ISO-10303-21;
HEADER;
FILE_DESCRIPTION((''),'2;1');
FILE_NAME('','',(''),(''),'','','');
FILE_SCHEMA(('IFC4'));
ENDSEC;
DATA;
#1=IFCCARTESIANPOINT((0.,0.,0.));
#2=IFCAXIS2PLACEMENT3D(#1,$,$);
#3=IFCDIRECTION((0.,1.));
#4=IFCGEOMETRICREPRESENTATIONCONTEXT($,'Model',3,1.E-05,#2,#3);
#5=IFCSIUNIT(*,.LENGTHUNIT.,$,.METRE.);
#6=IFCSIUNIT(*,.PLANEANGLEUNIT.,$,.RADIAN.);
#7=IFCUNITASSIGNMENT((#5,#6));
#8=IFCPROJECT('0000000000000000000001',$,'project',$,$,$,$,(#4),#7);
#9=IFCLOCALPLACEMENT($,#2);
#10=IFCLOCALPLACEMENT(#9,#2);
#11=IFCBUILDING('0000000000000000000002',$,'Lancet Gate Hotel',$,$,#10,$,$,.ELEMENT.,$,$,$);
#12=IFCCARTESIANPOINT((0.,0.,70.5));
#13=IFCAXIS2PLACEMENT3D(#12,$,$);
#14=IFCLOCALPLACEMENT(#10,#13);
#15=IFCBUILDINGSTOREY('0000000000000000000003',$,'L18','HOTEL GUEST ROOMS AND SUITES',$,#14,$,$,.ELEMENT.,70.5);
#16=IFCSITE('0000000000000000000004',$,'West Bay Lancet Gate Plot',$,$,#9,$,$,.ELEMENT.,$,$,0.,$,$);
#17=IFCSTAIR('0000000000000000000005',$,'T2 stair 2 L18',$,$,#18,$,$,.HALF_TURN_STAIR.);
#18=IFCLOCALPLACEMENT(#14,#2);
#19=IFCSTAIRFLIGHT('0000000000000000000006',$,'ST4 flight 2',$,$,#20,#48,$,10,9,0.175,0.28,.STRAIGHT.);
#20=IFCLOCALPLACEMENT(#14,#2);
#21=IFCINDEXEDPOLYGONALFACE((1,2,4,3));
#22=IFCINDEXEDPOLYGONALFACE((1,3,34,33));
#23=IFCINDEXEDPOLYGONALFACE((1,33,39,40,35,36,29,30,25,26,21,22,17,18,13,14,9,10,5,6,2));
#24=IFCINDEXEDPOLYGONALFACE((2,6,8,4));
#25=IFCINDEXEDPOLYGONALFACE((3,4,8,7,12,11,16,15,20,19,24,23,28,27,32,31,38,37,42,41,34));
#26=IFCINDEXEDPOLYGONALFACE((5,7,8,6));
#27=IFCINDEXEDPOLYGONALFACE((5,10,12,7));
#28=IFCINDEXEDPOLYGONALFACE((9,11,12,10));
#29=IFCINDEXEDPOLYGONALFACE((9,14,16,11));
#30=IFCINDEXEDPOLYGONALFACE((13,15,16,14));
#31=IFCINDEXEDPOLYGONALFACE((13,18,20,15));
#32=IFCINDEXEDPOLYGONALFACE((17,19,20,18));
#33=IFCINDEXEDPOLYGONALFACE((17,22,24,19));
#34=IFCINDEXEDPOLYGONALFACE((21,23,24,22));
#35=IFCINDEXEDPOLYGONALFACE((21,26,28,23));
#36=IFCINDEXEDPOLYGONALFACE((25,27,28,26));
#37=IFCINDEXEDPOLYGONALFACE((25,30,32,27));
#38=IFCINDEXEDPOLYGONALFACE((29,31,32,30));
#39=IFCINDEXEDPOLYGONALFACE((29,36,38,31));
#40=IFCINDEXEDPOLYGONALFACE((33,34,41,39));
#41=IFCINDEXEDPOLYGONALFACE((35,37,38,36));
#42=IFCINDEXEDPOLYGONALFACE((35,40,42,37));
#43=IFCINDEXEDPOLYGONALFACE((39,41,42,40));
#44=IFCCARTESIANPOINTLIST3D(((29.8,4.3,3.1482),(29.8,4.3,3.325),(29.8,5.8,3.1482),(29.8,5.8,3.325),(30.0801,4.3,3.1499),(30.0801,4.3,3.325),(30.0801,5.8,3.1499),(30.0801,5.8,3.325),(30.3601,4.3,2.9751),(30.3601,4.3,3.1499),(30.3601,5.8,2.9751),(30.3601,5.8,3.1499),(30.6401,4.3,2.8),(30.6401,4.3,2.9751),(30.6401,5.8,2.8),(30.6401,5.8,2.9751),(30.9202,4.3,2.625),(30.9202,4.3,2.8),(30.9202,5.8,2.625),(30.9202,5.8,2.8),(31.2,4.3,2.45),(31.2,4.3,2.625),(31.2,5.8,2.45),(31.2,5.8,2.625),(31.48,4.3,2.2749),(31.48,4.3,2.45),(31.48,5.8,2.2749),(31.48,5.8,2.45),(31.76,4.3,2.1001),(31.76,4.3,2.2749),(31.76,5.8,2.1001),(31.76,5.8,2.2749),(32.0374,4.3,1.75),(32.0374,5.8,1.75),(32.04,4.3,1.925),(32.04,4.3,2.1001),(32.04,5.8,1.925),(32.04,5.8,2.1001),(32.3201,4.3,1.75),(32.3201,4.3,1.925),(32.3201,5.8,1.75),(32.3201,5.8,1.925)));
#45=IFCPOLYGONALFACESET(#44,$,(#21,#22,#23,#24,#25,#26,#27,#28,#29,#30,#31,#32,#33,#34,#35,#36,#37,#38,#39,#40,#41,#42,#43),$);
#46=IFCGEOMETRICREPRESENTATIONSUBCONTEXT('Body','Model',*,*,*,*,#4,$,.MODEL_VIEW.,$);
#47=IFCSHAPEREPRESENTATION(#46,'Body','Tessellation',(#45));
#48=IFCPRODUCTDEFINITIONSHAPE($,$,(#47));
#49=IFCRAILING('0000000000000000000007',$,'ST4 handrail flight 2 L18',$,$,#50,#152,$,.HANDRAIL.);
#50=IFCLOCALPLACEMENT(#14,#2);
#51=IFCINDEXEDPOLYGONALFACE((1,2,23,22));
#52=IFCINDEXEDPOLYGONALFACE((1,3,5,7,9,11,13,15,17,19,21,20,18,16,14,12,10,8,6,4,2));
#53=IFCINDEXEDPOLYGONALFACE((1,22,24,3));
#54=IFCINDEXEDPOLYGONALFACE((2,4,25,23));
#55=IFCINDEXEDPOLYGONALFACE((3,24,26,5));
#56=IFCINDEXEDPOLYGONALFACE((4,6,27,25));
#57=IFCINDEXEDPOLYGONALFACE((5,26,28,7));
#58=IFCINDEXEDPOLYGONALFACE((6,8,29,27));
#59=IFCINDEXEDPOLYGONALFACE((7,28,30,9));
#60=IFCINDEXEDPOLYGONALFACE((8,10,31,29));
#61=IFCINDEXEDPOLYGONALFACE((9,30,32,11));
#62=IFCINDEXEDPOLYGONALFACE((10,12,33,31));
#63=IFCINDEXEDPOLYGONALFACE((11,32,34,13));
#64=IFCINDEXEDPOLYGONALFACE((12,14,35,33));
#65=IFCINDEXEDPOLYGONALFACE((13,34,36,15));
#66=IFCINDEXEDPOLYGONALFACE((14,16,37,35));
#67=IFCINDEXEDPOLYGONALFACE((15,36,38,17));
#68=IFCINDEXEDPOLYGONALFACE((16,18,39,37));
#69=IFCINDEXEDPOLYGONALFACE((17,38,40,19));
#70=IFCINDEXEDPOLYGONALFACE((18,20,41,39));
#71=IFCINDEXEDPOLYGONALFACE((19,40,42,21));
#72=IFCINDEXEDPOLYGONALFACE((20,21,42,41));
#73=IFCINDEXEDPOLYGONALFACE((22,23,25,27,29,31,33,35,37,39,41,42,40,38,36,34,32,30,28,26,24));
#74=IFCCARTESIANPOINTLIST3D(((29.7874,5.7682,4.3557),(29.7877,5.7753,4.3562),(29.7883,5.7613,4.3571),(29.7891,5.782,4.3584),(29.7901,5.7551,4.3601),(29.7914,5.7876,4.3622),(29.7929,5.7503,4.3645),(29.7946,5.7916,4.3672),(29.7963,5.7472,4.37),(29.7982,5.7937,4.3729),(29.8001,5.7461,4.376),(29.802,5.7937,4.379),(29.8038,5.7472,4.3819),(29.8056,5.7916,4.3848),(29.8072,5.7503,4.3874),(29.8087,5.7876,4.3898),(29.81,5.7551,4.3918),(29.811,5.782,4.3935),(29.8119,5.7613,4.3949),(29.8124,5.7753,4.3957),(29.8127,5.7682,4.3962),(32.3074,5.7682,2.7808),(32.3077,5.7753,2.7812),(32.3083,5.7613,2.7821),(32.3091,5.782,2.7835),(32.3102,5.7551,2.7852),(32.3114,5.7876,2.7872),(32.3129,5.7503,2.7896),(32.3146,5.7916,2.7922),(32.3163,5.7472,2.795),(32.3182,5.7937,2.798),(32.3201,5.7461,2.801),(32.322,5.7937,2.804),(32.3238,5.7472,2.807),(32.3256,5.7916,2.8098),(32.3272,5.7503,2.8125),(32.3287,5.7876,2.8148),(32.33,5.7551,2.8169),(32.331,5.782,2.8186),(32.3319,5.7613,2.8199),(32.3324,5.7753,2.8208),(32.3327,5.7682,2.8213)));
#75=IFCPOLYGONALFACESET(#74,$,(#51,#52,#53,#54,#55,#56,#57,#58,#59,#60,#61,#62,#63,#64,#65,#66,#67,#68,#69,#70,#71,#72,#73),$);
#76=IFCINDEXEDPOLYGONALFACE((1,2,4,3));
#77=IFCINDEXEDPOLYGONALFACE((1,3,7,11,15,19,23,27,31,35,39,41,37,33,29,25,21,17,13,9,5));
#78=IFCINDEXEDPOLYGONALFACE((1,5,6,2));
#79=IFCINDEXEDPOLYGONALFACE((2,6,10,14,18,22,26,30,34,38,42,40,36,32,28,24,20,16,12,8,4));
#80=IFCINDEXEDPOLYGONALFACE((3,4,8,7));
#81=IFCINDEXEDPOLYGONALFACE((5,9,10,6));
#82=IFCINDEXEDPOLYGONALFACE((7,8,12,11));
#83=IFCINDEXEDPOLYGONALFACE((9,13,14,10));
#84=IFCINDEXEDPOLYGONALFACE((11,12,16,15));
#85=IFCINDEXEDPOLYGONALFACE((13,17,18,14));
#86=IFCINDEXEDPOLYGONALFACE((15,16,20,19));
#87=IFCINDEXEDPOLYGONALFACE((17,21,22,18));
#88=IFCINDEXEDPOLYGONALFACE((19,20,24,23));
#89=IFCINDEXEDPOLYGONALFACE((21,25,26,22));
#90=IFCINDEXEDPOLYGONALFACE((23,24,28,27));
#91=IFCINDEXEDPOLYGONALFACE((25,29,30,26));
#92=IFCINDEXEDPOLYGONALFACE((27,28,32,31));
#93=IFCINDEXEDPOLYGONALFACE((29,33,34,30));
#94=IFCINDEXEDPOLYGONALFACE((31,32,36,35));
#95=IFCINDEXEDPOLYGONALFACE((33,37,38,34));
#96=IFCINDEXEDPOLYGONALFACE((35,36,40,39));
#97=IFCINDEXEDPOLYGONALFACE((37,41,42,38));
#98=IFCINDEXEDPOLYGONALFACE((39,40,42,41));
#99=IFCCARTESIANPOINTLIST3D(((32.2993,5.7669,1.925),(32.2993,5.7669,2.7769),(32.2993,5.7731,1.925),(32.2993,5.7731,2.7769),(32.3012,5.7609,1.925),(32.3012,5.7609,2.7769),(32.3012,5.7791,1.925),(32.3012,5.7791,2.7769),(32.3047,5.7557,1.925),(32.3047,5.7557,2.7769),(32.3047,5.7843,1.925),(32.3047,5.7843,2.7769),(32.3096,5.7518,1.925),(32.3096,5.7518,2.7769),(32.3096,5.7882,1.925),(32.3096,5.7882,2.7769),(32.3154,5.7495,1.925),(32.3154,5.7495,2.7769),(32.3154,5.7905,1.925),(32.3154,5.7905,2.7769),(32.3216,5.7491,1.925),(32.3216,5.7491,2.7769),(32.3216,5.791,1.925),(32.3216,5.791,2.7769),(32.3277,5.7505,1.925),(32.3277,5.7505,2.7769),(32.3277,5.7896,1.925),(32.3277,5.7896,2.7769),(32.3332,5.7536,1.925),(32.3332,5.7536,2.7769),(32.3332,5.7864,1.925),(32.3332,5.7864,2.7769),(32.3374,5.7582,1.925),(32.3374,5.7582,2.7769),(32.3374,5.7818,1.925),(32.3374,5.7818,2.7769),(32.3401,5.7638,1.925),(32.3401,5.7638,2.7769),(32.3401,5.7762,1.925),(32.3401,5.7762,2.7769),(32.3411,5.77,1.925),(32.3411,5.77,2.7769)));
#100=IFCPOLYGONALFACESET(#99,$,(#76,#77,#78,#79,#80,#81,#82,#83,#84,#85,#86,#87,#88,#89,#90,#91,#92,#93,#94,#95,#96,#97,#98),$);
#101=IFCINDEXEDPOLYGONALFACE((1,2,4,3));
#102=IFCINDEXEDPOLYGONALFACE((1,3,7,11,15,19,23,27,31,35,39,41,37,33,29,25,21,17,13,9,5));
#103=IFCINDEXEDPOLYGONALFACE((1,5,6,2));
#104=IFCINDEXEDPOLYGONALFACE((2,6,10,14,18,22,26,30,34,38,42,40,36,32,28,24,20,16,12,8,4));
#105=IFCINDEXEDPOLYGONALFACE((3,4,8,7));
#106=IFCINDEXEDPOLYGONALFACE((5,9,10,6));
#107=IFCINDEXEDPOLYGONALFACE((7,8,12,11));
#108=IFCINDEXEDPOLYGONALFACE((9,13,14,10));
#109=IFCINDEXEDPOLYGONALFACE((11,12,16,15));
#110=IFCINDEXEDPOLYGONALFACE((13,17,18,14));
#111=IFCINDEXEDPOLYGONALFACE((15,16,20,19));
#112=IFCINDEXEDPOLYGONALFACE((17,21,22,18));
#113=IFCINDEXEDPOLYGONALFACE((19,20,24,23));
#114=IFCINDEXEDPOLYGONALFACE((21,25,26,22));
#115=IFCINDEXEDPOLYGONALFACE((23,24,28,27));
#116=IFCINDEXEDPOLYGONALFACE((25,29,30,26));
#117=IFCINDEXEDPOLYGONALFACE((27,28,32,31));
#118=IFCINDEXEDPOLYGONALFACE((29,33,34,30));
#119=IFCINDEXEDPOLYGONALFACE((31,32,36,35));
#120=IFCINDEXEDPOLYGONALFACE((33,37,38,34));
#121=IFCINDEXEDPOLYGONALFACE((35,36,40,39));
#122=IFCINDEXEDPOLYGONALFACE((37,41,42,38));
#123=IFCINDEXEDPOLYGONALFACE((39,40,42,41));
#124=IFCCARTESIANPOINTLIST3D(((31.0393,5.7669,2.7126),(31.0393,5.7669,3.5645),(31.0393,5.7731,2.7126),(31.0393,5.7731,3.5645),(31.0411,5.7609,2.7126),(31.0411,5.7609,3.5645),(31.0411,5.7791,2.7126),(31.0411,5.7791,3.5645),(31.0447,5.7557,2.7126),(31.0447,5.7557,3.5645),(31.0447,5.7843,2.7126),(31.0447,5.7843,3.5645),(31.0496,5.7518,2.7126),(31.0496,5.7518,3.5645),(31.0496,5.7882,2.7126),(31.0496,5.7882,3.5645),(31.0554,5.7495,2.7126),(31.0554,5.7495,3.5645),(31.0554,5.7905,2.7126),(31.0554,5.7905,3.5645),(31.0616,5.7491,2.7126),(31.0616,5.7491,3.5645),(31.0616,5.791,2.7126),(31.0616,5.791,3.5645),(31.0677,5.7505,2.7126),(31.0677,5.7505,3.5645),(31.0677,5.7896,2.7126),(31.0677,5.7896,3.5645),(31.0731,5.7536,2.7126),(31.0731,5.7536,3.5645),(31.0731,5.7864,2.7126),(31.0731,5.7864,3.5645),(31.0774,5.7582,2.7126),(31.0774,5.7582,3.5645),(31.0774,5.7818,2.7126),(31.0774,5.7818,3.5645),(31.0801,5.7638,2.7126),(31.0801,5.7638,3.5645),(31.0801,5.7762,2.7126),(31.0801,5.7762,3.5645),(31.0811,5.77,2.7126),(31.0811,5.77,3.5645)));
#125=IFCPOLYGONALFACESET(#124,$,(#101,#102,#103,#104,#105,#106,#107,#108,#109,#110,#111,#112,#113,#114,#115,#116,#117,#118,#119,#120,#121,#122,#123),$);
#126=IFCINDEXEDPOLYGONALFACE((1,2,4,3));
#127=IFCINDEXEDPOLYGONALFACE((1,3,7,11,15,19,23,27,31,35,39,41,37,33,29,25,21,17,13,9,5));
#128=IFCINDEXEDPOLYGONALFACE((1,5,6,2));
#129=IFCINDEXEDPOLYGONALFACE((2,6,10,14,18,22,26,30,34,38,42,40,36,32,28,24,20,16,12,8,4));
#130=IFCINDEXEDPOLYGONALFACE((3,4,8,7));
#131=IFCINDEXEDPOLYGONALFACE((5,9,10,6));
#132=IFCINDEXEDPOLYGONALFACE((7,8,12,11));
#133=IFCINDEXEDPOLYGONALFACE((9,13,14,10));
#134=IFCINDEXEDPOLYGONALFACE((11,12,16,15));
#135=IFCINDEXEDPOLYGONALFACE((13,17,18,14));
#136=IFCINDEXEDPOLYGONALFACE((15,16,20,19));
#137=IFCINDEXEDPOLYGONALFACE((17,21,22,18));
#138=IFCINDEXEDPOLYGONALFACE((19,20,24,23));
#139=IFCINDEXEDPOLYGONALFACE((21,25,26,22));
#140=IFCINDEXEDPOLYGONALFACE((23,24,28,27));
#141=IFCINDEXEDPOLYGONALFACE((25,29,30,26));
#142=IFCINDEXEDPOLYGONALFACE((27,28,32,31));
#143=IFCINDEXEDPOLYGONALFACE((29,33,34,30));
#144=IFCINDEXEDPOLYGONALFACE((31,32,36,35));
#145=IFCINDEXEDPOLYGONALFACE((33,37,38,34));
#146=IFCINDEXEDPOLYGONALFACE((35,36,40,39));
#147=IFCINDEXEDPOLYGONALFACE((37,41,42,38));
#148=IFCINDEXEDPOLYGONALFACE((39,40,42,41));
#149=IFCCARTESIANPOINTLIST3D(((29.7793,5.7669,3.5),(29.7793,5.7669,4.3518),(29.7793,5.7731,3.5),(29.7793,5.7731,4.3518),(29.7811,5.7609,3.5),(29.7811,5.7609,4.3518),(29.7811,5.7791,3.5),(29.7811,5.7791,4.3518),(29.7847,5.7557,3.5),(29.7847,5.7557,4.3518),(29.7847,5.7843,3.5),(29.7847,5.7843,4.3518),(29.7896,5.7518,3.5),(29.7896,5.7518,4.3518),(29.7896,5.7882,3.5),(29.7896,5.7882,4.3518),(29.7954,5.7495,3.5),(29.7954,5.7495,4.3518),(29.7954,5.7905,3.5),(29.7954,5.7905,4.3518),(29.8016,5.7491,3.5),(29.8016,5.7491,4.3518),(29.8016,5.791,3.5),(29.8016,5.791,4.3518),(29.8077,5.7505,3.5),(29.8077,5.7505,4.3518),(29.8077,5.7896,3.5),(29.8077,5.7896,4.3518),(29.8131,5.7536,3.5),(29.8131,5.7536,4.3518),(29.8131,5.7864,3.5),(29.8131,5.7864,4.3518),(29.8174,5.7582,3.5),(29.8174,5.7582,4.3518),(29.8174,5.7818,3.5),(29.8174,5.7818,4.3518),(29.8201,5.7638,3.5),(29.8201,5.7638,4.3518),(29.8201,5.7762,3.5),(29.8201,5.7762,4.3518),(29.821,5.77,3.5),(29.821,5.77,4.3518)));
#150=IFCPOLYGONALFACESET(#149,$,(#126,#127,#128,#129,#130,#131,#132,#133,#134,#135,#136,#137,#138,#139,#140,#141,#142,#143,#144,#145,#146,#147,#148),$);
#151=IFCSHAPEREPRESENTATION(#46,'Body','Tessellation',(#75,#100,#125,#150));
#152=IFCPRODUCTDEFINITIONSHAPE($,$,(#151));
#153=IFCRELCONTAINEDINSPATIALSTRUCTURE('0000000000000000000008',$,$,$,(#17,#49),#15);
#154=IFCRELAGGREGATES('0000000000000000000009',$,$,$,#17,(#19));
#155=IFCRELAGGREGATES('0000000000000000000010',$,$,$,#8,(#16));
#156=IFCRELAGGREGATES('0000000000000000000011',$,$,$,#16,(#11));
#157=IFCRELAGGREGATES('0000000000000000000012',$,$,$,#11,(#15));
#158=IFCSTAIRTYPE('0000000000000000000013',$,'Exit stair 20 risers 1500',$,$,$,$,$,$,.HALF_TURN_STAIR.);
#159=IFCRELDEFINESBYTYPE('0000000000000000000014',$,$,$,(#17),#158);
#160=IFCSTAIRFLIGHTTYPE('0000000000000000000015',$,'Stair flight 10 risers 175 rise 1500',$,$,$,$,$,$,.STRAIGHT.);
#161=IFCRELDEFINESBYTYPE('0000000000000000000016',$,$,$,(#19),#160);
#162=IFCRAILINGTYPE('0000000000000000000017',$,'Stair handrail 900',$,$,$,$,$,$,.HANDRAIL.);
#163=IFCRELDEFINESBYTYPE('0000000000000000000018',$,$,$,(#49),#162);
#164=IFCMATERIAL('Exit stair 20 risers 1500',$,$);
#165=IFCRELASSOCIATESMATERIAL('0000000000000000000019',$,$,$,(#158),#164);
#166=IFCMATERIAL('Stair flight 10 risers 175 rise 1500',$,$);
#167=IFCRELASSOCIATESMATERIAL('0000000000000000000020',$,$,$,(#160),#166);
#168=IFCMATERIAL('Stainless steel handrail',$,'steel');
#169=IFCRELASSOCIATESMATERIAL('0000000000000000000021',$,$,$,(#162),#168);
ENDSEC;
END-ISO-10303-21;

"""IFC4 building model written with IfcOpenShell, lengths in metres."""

from ifc_helpers import new_model, si_unit, direction, frame, origin, origin_2d, place, context, subcontext, project, spatial, polyline, circle, outline, extrude, material, type_object, element, aggregate, save


model = new_model("IFC4")

# Units and contexts
model_context = context("Model", 3, precision=1e-05, world=origin(), true_north=direction((0.0, 1.0)))
body_context = subcontext(model_context, "Body", "Model", "MODEL_VIEW")
ifc_project = project(units=[si_unit("LENGTHUNIT", "METRE"), si_unit("PLANEANGLEUNIT", "RADIAN")], contexts=[model_context])

# Site, building, storey
site_placement = place(None, origin())
site = spatial("IfcSite", under=ifc_project, at=site_placement, Name="West Bay Lancet Gate Plot", CompositionType="ELEMENT", RefElevation=0.0)
building_placement = place(site_placement, origin())
building = spatial("IfcBuilding", under=site, at=building_placement, Name="Lancet Gate Hotel", CompositionType="ELEMENT")
storey_placement = place(building_placement, frame((0.0, 0.0, 70.5)))
storey = spatial("IfcBuildingStorey", under=building, at=storey_placement, Name="L18", Description="HOTEL GUEST ROOMS AND SUITES", CompositionType="ELEMENT", Elevation=70.5)

# Stair, stair flight
ifc_material_1 = material(Name="Exit stair 20 risers 1500")
stair_type = type_object("IfcStairType", Name="Exit stair 20 risers 1500", PredefinedType="HALF_TURN_STAIR", material=ifc_material_1)
stair_placement = place(storey_placement, origin())
stair = element("IfcStair", 1, at=stair_placement, inside=storey, type_object=stair_type, Name="T2 stair 2 L18", PredefinedType="HALF_TURN_STAIR")
ifc_material_2 = material(Name="Stair flight 10 risers 175 rise 1500")
stair_flight_type = type_object("IfcStairFlightType", Name="Stair flight 10 risers 175 rise 1500", PredefinedType="STRAIGHT", material=ifc_material_2)
stair_flight_1_placement = place(storey_placement, frame((32.3201, 5.05, 1.75), z_axis=(0.0, 0.0, 1.0), x_axis=(-1.0, 0.0, 0.0)))
stair_flight_1 = element("IfcStairFlight", 2, at=stair_flight_1_placement, type_object=stair_flight_type, Name="ST4 flight 2", NumberOfRisers=10, NumberOfTreads=9, PredefinedType="STRAIGHT", RiserHeight=0.175, TreadLength=0.28, context=body_context, shape_type="SweptSolid", body=[
    extrude(outline(polyline([(0.0, 0.0), (0.0, 0.175), (0.28, 0.175), (0.28, 0.3501), (0.5601, 0.3501), (0.5601, 0.5249), (0.8401, 0.5249), (0.8401, 0.7), (1.1201, 0.7), (1.1201, 0.875), (1.3999, 0.875), (1.3999, 1.05), (1.6799, 1.05), (1.6799, 1.2251), (1.96, 1.2251), (1.96, 1.3999), (2.24, 1.3999), (2.24, 1.575), (2.52, 1.575), (2.52, 1.75), (2.52, 1.3982), (0.2827, 0.0), (0.0, 0.0)])), frame((0.0, 0.75, 0.0), z_axis=(0.0, -1.0, 0.0), x_axis=(1.0, 0.0, 0.0)), (0.0, 0.0, 1.0), 1.5),
])
aggregate(stair, [stair_flight_1])

# Railing
ifc_material_3 = material(Name="Stainless steel handrail", Category="steel")
railing_type = type_object("IfcRailingType", Name="Stair handrail 900", PredefinedType="HANDRAIL", material=ifc_material_3)
railing_placement = place(storey_placement, frame((32.3201, 5.77, 1.925)))
element("IfcRailing", 3, at=railing_placement, inside=storey, type_object=railing_type, Name="ST4 handrail flight 2 L18", PredefinedType="HANDRAIL", context=body_context, shape_type="SweptSolid", body=[
    extrude(circle(Radius=0.0239, at=origin_2d()), frame((0.0, 0.0, 0.876), z_axis=(-0.848008, 0.0, 0.529984), x_axis=(0.0, -1.0, 0.0)), (0.0, 0.0, 1.0), 2.9717),
    extrude(circle(Radius=0.021, at=origin_2d()), origin(), (0.0, 0.0, 1.0), 0.8518),
    extrude(circle(Radius=0.021, at=origin_2d()), frame((-1.26, 0.0, 0.7876)), (0.0, 0.0, 1.0), 0.8518),
    extrude(circle(Radius=0.021, at=origin_2d()), frame((-2.52, 0.0, 1.575)), (0.0, 0.0, 1.0), 0.8518),
])

save(model, "model.ifc")
